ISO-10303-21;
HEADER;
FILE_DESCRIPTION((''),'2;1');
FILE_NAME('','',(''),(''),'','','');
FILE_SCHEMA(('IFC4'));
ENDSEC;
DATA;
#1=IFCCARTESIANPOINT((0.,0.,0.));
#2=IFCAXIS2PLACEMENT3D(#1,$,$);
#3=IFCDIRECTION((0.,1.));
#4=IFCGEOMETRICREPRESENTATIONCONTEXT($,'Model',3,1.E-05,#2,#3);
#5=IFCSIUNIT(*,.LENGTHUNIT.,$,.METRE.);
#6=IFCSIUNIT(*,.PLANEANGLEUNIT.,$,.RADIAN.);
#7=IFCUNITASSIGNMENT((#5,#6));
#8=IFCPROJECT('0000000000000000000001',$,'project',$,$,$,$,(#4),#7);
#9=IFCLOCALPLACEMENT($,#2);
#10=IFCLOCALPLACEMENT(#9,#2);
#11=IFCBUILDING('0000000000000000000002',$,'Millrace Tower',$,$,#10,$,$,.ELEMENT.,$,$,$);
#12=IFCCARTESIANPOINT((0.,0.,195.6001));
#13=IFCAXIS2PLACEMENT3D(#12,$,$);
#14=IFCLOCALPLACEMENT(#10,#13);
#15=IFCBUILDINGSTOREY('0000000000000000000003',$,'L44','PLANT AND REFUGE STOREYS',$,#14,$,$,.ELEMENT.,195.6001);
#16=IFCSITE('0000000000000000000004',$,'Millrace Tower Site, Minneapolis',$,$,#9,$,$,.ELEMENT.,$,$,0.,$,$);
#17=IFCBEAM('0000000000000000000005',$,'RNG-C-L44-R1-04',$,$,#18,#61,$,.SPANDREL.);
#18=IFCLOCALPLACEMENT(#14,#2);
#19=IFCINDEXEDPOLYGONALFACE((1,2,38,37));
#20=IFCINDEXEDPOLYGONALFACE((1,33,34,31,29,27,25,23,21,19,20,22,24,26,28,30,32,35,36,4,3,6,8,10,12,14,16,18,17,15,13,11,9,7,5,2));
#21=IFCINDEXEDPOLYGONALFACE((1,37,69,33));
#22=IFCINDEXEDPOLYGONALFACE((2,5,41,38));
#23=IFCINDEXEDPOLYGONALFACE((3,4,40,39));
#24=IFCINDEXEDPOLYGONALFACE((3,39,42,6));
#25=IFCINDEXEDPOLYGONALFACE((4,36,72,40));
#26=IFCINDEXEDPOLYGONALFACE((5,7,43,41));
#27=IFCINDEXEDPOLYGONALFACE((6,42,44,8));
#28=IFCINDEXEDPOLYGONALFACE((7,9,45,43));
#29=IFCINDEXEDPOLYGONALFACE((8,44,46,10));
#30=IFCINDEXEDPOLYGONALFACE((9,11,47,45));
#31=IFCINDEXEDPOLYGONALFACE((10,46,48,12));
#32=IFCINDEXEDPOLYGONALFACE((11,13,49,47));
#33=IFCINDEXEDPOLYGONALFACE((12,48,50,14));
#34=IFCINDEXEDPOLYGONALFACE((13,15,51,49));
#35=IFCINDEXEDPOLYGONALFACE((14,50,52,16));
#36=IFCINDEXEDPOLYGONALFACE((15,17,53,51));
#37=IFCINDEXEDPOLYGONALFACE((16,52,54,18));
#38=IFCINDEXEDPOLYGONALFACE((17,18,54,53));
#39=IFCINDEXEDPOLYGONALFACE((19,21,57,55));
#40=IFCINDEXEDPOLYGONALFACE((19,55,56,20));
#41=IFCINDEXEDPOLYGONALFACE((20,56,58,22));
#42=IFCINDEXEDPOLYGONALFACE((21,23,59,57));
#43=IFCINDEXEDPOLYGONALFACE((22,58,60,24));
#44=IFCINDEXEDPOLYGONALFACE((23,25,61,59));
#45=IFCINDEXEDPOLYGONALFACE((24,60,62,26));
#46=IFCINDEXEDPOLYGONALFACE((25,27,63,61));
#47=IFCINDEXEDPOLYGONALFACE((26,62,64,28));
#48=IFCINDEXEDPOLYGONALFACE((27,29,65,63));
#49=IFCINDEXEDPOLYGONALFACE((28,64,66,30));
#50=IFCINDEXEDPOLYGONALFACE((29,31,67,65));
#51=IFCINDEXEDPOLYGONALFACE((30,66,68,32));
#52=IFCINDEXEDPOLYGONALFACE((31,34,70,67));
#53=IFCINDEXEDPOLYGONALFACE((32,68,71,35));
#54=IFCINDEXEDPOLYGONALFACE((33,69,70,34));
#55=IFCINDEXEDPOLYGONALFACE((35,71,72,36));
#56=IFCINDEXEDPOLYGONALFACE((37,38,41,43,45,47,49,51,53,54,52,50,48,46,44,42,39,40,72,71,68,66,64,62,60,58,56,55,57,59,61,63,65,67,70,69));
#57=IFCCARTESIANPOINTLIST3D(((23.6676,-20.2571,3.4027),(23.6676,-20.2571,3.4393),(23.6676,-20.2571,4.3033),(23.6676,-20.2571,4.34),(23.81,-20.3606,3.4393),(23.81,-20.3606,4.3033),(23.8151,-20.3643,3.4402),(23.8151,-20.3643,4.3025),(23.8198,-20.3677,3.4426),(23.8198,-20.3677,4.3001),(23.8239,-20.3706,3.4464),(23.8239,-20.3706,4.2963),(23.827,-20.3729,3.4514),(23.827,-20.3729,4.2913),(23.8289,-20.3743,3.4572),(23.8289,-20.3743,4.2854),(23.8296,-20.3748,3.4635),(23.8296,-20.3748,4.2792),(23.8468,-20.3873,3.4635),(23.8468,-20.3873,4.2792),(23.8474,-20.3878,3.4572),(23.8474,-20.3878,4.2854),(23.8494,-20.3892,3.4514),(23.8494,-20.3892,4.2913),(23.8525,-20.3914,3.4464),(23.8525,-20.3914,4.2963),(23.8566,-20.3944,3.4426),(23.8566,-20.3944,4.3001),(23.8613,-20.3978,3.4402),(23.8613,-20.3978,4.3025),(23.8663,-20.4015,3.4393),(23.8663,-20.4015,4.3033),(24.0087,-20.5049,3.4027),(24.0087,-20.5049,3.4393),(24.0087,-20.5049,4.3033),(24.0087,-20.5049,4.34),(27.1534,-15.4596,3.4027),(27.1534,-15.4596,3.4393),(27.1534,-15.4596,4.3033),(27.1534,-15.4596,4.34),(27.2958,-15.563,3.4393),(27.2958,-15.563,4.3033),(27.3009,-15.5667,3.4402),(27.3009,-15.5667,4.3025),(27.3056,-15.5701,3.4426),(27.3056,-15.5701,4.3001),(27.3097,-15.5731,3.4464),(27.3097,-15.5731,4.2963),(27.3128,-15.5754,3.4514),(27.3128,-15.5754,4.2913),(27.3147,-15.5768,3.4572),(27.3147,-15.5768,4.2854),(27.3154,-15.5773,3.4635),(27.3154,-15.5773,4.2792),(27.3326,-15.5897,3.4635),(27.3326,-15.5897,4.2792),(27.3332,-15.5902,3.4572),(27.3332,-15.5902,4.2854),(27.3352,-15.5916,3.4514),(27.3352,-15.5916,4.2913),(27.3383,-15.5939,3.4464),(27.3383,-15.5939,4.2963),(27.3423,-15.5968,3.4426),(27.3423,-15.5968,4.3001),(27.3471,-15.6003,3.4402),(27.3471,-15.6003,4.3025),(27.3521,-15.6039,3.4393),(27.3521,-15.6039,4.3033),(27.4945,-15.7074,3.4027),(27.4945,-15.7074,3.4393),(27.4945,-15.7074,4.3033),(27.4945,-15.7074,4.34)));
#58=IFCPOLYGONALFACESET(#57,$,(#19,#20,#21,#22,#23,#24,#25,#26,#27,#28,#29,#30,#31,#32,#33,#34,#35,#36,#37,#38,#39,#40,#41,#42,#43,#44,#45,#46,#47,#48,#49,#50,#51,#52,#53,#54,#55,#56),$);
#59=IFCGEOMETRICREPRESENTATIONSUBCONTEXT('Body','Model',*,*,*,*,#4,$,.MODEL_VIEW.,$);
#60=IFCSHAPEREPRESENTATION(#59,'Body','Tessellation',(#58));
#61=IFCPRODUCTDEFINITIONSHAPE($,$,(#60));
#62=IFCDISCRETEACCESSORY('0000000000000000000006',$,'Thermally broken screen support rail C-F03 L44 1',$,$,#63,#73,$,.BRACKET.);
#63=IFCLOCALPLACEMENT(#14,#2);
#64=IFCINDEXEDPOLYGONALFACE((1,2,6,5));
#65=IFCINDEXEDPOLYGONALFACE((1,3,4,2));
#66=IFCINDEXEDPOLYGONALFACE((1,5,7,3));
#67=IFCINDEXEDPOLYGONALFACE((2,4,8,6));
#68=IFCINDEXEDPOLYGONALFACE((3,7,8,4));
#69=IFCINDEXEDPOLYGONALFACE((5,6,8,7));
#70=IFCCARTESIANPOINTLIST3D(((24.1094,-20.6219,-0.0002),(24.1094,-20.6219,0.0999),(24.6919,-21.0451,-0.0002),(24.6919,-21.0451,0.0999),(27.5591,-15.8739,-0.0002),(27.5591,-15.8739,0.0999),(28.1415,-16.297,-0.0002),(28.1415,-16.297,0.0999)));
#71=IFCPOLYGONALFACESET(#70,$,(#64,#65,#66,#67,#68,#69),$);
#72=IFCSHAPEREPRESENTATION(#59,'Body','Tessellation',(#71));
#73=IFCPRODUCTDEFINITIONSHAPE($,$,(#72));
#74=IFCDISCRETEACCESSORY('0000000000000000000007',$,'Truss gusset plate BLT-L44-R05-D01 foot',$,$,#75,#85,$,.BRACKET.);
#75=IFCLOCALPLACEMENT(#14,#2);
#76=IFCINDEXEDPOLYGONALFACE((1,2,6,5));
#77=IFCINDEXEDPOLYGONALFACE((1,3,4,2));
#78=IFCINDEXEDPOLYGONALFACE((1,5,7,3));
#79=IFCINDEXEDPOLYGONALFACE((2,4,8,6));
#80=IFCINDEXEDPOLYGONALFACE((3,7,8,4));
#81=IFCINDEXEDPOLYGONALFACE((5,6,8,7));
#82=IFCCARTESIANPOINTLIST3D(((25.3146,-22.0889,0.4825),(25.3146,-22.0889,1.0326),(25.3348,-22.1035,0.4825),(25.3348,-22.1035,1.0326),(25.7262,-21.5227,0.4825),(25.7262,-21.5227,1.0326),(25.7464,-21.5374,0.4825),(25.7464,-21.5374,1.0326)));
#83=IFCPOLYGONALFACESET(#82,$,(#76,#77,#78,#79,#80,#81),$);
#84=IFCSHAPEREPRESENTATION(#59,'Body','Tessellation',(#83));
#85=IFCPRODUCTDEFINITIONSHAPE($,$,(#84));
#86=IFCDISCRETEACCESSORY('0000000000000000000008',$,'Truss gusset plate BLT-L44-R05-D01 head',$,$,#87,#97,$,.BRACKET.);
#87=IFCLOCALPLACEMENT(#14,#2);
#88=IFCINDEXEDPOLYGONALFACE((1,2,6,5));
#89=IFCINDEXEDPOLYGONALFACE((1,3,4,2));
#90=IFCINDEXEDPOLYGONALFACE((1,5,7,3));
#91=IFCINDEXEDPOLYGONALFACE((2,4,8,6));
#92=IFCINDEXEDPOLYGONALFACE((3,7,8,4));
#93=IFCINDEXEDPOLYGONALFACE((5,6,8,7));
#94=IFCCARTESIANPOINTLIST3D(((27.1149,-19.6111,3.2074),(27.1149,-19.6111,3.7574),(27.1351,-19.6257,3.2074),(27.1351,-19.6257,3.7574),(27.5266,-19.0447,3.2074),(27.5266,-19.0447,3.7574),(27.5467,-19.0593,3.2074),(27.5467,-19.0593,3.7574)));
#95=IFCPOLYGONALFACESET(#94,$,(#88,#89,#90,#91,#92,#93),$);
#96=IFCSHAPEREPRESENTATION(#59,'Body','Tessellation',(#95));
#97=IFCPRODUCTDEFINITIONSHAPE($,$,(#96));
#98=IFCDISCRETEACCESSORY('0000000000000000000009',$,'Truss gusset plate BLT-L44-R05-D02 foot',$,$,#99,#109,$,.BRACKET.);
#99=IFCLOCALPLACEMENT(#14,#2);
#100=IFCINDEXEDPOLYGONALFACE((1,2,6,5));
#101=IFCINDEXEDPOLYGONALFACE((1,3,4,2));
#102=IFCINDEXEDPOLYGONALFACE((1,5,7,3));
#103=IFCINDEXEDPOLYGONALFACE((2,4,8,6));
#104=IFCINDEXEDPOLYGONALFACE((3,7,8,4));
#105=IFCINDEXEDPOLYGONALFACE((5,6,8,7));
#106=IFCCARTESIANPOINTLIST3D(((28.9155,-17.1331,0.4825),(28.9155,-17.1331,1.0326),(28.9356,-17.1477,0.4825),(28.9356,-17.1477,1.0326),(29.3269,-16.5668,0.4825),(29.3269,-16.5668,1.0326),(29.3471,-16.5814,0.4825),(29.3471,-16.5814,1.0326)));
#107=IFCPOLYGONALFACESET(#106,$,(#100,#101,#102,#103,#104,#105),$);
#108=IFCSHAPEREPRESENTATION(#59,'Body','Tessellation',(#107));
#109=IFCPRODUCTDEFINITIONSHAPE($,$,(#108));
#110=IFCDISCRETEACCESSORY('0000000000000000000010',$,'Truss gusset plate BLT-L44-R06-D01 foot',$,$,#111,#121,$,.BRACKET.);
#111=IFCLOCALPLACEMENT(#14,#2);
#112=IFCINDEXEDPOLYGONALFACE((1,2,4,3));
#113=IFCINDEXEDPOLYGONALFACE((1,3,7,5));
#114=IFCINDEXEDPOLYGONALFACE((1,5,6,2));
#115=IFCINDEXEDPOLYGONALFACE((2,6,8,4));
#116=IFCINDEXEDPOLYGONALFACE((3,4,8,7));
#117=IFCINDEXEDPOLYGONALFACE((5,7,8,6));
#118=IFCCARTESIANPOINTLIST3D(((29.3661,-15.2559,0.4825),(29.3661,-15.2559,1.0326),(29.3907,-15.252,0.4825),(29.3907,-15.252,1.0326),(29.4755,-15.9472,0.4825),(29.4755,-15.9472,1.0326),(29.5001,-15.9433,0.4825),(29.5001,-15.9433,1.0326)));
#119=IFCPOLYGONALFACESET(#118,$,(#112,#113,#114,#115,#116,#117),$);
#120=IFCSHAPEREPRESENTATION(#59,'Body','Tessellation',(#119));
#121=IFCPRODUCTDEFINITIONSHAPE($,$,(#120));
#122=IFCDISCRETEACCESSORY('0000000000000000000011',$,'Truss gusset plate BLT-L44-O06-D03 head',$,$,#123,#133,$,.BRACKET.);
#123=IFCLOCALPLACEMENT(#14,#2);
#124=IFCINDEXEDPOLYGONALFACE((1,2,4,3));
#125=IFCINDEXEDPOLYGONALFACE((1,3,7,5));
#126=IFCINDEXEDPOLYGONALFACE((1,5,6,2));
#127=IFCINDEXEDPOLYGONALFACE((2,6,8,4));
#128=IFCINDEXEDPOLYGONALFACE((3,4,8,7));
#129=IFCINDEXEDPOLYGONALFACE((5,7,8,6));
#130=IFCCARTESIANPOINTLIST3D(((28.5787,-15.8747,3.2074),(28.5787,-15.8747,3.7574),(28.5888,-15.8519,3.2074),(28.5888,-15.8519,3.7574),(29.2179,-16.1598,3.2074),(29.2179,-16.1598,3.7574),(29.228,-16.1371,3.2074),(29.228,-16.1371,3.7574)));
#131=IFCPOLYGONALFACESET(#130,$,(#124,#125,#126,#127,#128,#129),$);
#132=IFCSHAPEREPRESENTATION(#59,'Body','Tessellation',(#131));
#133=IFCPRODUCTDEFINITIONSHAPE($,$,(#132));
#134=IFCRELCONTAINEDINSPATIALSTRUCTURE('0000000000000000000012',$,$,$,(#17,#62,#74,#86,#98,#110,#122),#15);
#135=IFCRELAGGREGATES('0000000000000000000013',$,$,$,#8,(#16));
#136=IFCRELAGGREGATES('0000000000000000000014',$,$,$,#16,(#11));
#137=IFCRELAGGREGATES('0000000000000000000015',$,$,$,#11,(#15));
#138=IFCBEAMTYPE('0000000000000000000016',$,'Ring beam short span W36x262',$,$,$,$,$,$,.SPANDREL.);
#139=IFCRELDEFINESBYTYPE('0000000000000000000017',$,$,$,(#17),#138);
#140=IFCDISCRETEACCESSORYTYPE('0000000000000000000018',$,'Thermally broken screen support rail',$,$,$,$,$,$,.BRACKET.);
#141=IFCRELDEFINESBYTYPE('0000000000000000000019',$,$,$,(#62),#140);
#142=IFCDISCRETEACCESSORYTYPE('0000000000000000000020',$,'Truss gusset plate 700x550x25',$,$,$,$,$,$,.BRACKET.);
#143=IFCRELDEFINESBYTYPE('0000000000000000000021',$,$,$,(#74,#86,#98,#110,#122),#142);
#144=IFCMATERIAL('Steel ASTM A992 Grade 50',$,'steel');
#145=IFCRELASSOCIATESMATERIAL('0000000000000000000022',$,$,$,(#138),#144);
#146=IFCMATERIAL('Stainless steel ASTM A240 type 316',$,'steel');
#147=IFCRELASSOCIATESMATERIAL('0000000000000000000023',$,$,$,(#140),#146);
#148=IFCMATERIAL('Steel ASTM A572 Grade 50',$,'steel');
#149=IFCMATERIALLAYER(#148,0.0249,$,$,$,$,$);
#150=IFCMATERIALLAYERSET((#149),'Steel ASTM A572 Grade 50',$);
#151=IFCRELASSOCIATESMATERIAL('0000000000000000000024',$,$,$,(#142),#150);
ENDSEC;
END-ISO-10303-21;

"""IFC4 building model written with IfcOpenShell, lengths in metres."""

from ifc_helpers import new_model, si_unit, direction, frame, origin, origin_2d, place, context, subcontext, project, spatial, rectangle, i_section, extrude, material, layer, layer_set, material_profile, profile_set, type_object, element, save


model = new_model("IFC4")

# Units and contexts
model_context = context("Model", 3, precision=1e-05, world=origin(), true_north=direction((0.0, 1.0)))
body_context = subcontext(model_context, "Body", "Model", "MODEL_VIEW")
ifc_project = project(units=[si_unit("LENGTHUNIT", "METRE"), si_unit("PLANEANGLEUNIT", "RADIAN")], contexts=[model_context])

# Site, building, storey
site_placement = place(None, origin())
site = spatial("IfcSite", under=ifc_project, at=site_placement, Name="Millrace Tower Site, Minneapolis", CompositionType="ELEMENT", RefElevation=0.0)
building_placement = place(site_placement, origin())
building = spatial("IfcBuilding", under=site, at=building_placement, Name="Millrace Tower", CompositionType="ELEMENT")
storey_placement = place(building_placement, frame((0.0, 0.0, 195.6001)))
storey = spatial("IfcBuildingStorey", under=building, at=storey_placement, Name="L44", Description="PLANT AND REFUGE STOREYS", CompositionType="ELEMENT", Elevation=195.6001)

# Beam
ifc_material_1 = material(Name="Steel ASTM A992 Grade 50", Category="steel")
ifc_material_profile_1 = material_profile(ifc_material_1, i_section(OverallWidth=0.4216, OverallDepth=0.9373, WebThickness=0.0212, FlangeThickness=0.0366, FilletRadius=0.0242, at=origin_2d()))
ifc_profile_set_1 = profile_set([ifc_material_profile_1], Name="Steel ASTM A992 Grade 50")
beam_type_1 = type_object("IfcBeamType", Name="Ring beam short span W36x262", PredefinedType="SPANDREL", material=ifc_profile_set_1)
beam_1_placement = place(storey_placement, frame((27.324, -15.5835, 3.8713), z_axis=(-0.587804, -0.809003, 0.0), x_axis=(0.809003, -0.587804, 0.0)))
element("IfcBeam", 1, at=beam_1_placement, inside=storey, type_object=beam_type_1, Name="RNG-C-L44-R1-04", PredefinedType="SPANDREL", context=body_context, shape_type="SweptSolid", body=[
    extrude(i_section(OverallWidth=0.4216, OverallDepth=0.9373, WebThickness=0.0212, FlangeThickness=0.0366, FilletRadius=0.0242, at=origin_2d()), origin(), (0.0, 0.0, 1.0), 5.9302),
])

# Discrete accessories
ifc_material_2 = material(Name="Stainless steel ASTM A240 type 316", Category="steel")
discrete_accessory_type_1 = type_object("IfcDiscreteAccessoryType", Name="Thermally broken screen support rail", PredefinedType="BRACKET", material=ifc_material_2)
discrete_accessory_1_placement = place(storey_placement, frame((26.1255, -18.4595, -0.0002), z_axis=(0.0, 0.0, 1.0), x_axis=(0.587785, 0.809017, 0.0)))
element("IfcDiscreteAccessory", 2, at=discrete_accessory_1_placement, inside=storey, type_object=discrete_accessory_type_1, Name="Thermally broken screen support rail C-F03 L44 1", PredefinedType="BRACKET", context=body_context, shape_type="SweptSolid", body=[
    extrude(rectangle(XDim=5.8689, YDim=0.72, at=origin_2d()), origin(), (0.0, 0.0, 1.0), 0.1001),
])
ifc_material_3 = material(Name="Steel ASTM A572 Grade 50", Category="steel")
ifc_layer_1 = layer(ifc_material_3, 0.0249)
ifc_layer_set_1 = layer_set([ifc_layer_1], Name="Steel ASTM A572 Grade 50")
discrete_accessory_type_2 = type_object("IfcDiscreteAccessoryType", Name="Truss gusset plate 700x550x25", PredefinedType="BRACKET", material=ifc_layer_set_1)
discrete_accessory_2_placement = place(storey_placement, frame((25.3247, -22.0962, 0.7576), z_axis=(0.588047, 0.808827, 0.0), x_axis=(-0.808827, 0.588047, 0.0)))
element("IfcDiscreteAccessory", 3, at=discrete_accessory_2_placement, inside=storey, type_object=discrete_accessory_type_2, Name="Truss gusset plate BLT-L44-R05-D01 foot", PredefinedType="BRACKET", context=body_context, shape_type="SweptSolid", body=[
    extrude(rectangle(XDim=0.0249, YDim=0.55, at=origin_2d()), origin(), (0.0, 0.0, 1.0), 0.7),
])
discrete_accessory_3_placement = place(storey_placement, frame((27.125, -19.6184, 3.4824), z_axis=(0.587881, 0.808947, 0.0), x_axis=(-0.808947, 0.587881, 0.0)))
element("IfcDiscreteAccessory", 4, at=discrete_accessory_3_placement, inside=storey, type_object=discrete_accessory_type_2, Name="Truss gusset plate BLT-L44-R05-D01 head", PredefinedType="BRACKET", context=body_context, shape_type="SweptSolid", body=[
    extrude(rectangle(XDim=0.0249, YDim=0.55, at=origin_2d()), origin(), (0.0, 0.0, 1.0), 0.7002),
])
for number, where, z_axis, x_axis, name in (
    (5, (28.9255, -17.1404, 0.7576), (0.587819, 0.808992, 0.0), (-0.808992, 0.587819, 0.0), "Truss gusset plate BLT-L44-R05-D02 foot"),
    (6, (29.3784, -15.2539, 0.7576), (0.156249, -0.987718, 0.0), (0.987718, 0.156249, 0.0), "Truss gusset plate BLT-L44-R06-D01 foot"),
    (7, (28.5837, -15.8633, 3.4824), (0.913235, -0.407433, 0.0), (0.407433, 0.913235, 0.0), "Truss gusset plate BLT-L44-O06-D03 head"),
):
    element("IfcDiscreteAccessory", number, at=place(storey_placement, frame(where, z_axis=z_axis, x_axis=x_axis)), inside=storey, type_object=discrete_accessory_type_2, Name=name, PredefinedType="BRACKET", context=body_context, shape_type="SweptSolid", body=[
        extrude(rectangle(XDim=0.0249, YDim=0.55, at=origin_2d()), origin(), (0.0, 0.0, 1.0), 0.7),
    ])

save(model, "model.ifc")
